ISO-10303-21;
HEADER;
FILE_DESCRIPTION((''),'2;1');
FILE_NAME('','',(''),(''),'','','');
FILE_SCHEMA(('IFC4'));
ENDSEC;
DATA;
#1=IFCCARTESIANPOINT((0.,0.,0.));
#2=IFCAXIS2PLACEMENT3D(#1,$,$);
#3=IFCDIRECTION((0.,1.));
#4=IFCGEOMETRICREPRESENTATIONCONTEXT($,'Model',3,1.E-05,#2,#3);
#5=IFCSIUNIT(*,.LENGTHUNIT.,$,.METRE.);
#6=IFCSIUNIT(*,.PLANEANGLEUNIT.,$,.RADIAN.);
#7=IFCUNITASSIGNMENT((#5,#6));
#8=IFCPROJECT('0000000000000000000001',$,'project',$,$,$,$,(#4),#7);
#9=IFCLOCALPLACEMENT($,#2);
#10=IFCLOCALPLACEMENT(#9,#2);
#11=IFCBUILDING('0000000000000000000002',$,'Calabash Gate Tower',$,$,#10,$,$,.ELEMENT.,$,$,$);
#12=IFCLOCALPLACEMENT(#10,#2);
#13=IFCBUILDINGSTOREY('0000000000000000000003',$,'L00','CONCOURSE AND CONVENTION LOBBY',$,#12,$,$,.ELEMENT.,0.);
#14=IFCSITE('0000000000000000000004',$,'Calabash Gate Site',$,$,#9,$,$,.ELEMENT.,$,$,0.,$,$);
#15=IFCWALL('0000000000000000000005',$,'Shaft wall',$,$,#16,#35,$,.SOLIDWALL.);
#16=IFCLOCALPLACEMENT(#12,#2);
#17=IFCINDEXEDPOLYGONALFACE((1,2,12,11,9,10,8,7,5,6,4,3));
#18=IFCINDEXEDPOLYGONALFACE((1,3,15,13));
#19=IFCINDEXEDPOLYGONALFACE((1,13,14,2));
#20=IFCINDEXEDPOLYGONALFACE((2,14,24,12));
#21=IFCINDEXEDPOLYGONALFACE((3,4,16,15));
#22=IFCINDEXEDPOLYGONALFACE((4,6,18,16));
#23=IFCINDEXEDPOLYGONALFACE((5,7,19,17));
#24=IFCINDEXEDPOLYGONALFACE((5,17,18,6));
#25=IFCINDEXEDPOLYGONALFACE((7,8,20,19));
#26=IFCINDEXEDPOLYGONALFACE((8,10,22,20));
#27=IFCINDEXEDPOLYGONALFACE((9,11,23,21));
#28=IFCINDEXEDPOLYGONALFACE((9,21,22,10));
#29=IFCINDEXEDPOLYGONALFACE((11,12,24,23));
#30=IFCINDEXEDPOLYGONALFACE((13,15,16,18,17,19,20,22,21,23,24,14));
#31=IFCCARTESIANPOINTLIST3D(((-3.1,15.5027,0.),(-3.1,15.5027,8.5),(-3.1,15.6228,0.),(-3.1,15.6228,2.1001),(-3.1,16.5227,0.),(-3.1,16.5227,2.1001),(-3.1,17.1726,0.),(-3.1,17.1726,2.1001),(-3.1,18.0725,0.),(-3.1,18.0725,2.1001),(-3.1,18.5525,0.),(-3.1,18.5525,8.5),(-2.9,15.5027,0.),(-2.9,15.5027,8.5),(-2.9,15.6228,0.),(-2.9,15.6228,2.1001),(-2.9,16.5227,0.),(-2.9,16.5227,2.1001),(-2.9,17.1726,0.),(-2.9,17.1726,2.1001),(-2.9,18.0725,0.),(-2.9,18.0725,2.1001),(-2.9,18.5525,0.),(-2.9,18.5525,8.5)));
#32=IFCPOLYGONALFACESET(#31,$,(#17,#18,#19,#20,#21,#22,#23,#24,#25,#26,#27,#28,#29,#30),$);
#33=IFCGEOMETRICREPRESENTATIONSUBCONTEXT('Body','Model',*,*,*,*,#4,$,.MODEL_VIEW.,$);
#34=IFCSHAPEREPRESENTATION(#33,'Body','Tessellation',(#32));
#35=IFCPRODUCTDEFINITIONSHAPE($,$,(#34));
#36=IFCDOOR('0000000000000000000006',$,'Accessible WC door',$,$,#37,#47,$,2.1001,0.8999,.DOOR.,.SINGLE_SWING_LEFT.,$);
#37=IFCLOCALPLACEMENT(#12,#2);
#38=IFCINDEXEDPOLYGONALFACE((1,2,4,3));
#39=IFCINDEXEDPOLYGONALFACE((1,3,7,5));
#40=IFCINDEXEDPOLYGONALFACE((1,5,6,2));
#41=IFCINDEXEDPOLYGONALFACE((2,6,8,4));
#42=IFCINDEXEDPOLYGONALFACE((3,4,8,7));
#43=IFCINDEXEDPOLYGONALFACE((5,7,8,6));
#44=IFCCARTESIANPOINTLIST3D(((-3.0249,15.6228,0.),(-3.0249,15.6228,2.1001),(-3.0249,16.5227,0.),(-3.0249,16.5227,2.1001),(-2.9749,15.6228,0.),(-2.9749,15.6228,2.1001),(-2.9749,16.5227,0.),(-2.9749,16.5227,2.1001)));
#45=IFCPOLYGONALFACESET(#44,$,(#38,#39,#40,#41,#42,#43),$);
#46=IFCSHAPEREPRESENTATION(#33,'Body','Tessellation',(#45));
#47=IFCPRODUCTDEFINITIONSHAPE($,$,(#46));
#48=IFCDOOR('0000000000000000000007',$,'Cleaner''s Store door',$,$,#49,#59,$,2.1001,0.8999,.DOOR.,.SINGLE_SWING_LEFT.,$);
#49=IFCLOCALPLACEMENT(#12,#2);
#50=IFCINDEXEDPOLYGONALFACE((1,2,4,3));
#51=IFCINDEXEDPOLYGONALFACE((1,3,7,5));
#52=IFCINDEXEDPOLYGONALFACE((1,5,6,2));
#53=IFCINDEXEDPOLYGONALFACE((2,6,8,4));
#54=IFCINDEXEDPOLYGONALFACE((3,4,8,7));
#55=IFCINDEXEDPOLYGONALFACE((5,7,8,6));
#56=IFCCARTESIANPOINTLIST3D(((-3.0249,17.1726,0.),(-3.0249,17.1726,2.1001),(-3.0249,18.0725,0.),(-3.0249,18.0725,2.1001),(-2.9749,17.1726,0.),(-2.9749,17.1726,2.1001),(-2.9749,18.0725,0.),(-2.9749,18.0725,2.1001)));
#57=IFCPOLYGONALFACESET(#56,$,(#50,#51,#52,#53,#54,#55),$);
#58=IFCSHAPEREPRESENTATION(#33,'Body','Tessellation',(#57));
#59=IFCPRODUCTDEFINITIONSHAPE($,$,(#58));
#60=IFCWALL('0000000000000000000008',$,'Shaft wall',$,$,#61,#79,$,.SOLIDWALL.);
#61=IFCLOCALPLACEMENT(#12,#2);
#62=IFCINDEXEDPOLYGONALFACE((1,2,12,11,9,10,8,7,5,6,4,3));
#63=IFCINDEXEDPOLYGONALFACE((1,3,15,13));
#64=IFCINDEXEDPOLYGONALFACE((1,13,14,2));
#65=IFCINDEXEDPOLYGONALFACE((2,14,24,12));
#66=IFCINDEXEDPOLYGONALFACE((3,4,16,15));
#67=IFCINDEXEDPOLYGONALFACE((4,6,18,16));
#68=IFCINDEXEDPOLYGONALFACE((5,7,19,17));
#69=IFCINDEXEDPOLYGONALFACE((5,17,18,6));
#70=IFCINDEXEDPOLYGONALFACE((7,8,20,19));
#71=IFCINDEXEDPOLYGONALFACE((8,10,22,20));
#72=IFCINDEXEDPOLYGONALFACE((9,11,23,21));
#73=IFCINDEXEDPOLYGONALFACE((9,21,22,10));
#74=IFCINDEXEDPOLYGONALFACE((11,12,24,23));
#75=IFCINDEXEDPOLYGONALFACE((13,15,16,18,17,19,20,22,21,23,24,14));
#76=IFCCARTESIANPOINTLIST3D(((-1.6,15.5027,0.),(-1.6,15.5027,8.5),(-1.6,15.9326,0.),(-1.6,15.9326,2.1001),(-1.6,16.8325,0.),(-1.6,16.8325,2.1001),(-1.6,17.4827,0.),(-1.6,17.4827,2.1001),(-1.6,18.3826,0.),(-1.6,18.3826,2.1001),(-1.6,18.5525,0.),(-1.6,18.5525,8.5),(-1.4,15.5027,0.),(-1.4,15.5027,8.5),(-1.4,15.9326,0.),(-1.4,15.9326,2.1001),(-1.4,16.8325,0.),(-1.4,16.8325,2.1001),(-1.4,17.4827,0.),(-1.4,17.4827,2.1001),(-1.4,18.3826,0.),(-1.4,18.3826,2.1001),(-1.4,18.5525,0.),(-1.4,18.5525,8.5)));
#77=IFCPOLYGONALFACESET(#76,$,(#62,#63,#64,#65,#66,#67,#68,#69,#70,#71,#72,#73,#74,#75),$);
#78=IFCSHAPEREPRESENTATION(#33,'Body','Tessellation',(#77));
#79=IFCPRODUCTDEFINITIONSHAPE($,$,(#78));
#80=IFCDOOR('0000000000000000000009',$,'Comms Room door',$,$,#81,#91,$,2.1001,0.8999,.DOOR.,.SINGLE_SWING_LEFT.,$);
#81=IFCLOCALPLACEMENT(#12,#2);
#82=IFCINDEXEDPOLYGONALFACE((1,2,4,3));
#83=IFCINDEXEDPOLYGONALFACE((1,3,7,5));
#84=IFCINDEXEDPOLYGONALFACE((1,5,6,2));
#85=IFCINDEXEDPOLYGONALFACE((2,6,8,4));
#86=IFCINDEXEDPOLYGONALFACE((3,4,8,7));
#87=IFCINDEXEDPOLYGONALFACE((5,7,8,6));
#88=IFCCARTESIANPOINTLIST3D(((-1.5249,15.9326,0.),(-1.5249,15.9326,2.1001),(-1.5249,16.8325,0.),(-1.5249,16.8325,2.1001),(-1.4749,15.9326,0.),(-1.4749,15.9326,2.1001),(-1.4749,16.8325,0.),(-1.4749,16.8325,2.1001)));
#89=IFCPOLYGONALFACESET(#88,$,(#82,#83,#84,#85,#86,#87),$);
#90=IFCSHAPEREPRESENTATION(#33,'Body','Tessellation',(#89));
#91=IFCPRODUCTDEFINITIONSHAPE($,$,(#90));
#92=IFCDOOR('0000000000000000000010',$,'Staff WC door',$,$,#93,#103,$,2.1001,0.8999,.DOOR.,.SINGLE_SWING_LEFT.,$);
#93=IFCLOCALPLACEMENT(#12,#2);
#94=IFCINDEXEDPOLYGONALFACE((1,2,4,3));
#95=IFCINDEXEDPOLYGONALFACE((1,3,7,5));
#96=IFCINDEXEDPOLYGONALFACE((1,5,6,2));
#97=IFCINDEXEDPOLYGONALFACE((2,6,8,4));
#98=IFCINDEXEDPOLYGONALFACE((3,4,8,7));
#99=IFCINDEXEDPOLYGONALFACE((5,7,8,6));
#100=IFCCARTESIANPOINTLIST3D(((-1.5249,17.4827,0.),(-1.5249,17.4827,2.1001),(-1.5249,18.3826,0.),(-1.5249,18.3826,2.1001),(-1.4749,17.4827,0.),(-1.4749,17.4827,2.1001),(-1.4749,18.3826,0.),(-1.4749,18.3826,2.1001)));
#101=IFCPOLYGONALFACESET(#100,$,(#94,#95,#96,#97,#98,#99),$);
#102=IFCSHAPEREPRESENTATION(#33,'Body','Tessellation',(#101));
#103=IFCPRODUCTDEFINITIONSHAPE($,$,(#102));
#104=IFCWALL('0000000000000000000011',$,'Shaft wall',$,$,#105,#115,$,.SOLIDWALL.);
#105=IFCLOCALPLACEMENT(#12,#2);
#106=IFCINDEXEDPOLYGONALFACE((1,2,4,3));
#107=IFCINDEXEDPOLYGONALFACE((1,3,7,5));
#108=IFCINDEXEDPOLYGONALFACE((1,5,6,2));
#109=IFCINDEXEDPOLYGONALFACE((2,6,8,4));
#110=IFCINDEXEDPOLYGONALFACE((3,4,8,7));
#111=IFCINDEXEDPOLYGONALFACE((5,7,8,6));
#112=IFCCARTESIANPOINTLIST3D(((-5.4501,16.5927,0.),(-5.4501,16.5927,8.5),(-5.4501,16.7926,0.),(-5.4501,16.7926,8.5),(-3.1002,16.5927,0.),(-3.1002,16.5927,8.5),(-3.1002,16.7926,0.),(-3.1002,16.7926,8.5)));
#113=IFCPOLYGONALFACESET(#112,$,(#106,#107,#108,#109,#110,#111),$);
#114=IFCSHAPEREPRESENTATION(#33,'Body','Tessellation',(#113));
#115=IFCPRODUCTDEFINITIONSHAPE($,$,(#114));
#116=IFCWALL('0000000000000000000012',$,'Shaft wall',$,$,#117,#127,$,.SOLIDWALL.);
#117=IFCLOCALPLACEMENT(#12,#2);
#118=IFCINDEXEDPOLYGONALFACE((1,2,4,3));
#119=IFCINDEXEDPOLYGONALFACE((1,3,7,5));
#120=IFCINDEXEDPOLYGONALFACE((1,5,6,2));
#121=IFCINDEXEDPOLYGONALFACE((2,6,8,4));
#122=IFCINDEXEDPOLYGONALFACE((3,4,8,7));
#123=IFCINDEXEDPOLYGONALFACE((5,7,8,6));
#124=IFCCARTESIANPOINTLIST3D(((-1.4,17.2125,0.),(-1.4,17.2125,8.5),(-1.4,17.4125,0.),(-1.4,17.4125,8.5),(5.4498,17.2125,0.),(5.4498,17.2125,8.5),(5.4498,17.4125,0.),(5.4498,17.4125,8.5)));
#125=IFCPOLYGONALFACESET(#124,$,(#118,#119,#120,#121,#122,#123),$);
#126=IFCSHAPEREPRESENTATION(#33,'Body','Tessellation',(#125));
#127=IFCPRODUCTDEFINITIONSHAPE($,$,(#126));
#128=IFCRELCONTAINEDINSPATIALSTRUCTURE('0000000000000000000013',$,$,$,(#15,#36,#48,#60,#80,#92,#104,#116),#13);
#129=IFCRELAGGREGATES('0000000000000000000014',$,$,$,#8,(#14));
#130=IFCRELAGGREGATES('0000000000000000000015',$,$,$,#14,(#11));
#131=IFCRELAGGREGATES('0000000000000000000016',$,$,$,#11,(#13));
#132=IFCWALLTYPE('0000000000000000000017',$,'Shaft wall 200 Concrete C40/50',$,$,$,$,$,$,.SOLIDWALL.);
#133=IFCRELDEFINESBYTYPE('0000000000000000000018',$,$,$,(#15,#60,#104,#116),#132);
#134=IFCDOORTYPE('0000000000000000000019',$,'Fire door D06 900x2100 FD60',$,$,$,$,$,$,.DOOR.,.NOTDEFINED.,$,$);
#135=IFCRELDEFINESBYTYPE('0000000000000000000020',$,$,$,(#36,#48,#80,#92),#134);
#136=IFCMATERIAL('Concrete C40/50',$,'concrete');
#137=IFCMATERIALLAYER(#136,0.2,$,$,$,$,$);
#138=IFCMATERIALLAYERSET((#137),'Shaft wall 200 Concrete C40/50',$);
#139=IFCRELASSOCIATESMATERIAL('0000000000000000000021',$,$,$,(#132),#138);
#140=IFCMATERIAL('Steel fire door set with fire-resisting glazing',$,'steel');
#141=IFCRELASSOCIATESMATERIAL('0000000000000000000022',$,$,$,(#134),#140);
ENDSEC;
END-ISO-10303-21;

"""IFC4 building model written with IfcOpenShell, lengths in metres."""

from ifc_helpers import new_model, si_unit, direction, frame, frame_2d, origin, place, context, subcontext, project, spatial, rectangle, extrude, material, layer, layer_set, type_object, element, fill, save


model = new_model("IFC4")

# Units and contexts
model_context = context("Model", 3, precision=1e-05, world=origin(), true_north=direction((0.0, 1.0)))
body_context = subcontext(model_context, "Body", "Model", "MODEL_VIEW")
ifc_project = project(units=[si_unit("LENGTHUNIT", "METRE"), si_unit("PLANEANGLEUNIT", "RADIAN")], contexts=[model_context])

# Site, building, storey
site_placement = place(None, origin())
site = spatial("IfcSite", under=ifc_project, at=site_placement, Name="Calabash Gate Site", CompositionType="ELEMENT", RefElevation=0.0)
building_placement = place(site_placement, origin())
building = spatial("IfcBuilding", under=site, at=building_placement, Name="Calabash Gate Tower", CompositionType="ELEMENT")
storey_placement = place(building_placement, origin())
storey = spatial("IfcBuildingStorey", under=building, at=storey_placement, Name="L00", Description="CONCOURSE AND CONVENTION LOBBY", CompositionType="ELEMENT", Elevation=0.0)

# Shared definitions
ifc_material_1 = material(Name="Concrete C40/50", Category="concrete")
ifc_layer = layer(ifc_material_1, 0.2)
ifc_layer_set = layer_set([ifc_layer], Name="Shaft wall 200 Concrete C40/50")
wall_type = type_object("IfcWallType", Name="Shaft wall 200 Concrete C40/50", PredefinedType="SOLIDWALL", material=ifc_layer_set)
ifc_material_2 = material(Name="Steel fire door set with fire-resisting glazing", Category="steel")
door_type_1 = type_object("IfcDoorType", Name="Fire door D06 900x2100 FD60", OperationType="NOTDEFINED", PredefinedType="DOOR", material=ifc_material_2)

# Walls, openings, doors
wall_1_placement = place(storey_placement, frame((-3.0, 15.5027, 0.0), z_axis=(0.0, 0.0, 1.0), x_axis=(0.0, 1.0, 0.0)))
wall_1 = element("IfcWall", 1, at=wall_1_placement, inside=storey, type_object=wall_type, Name="Shaft wall", PredefinedType="SOLIDWALL", context=body_context, shape_type="SweptSolid", body=[
    extrude(rectangle(XDim=3.0498, YDim=0.2, at=frame_2d((1.5249, 0.0))), origin(), (0.0, 0.0, 1.0), 8.5),
])
opening_1_placement = place(wall_1_placement, frame((0.1201, 0.0, 0.0)))
opening_1 = element("IfcOpeningElement", 2, at=opening_1_placement, cuts=wall_1, PredefinedType="OPENING", context=body_context, shape_type="SweptSolid", body=[
    extrude(rectangle(XDim=0.8999, YDim=2.1001, at=frame_2d((0.45, 1.05))), frame((0.0, 0.1099, 0.0), z_axis=(0.0, -1.0, 0.0), x_axis=(1.0, 0.0, 0.0)), (0.0, 0.0, 1.0), 0.22),
])
opening_2_placement = place(wall_1_placement, frame((1.6699, 0.0, 0.0)))
opening_2 = element("IfcOpeningElement", 3, at=opening_2_placement, cuts=wall_1, PredefinedType="OPENING", context=body_context, shape_type="SweptSolid", body=[
    extrude(rectangle(XDim=0.8999, YDim=2.1001, at=frame_2d((0.45, 1.05))), frame((0.0, 0.1099, 0.0), z_axis=(0.0, -1.0, 0.0), x_axis=(1.0, 0.0, 0.0)), (0.0, 0.0, 1.0), 0.22),
])
door_1_placement = place(opening_1_placement, origin())
door_1 = element("IfcDoor", 4, at=door_1_placement, inside=storey, type_object=door_type_1, Name="Accessible WC door", OperationType="SINGLE_SWING_LEFT", OverallHeight=2.1001, OverallWidth=0.8999, PredefinedType="DOOR", context=body_context, shape_type="SweptSolid", body=[
    extrude(rectangle(XDim=0.8999, YDim=2.1001, at=frame_2d((0.45, 1.05))), frame((0.0, 0.0249, 0.0), z_axis=(0.0, -1.0, 0.0), x_axis=(1.0, 0.0, 0.0)), (0.0, 0.0, 1.0), 0.05),
])
fill(opening_1, door_1)
door_2_placement = place(opening_2_placement, origin())
door_2 = element("IfcDoor", 5, at=door_2_placement, inside=storey, type_object=door_type_1, Name="Cleaner's Store door", OperationType="SINGLE_SWING_LEFT", OverallHeight=2.1001, OverallWidth=0.8999, PredefinedType="DOOR", context=body_context, shape_type="SweptSolid", body=[
    extrude(rectangle(XDim=0.8999, YDim=2.1001, at=frame_2d((0.45, 1.05))), frame((0.0, 0.0249, 0.0), z_axis=(0.0, -1.0, 0.0), x_axis=(1.0, 0.0, 0.0)), (0.0, 0.0, 1.0), 0.05),
])
fill(opening_2, door_2)
wall_2_placement = place(storey_placement, frame((-1.5, 15.5027, 0.0), z_axis=(0.0, 0.0, 1.0), x_axis=(0.0, 1.0, 0.0)))
wall_2 = element("IfcWall", 6, at=wall_2_placement, inside=storey, type_object=wall_type, Name="Shaft wall", PredefinedType="SOLIDWALL", context=body_context, shape_type="SweptSolid", body=[
    extrude(rectangle(XDim=3.0498, YDim=0.2, at=frame_2d((1.5249, 0.0))), origin(), (0.0, 0.0, 1.0), 8.5),
])
opening_3_placement = place(wall_2_placement, frame((0.4299, 0.0, 0.0)))
opening_3 = element("IfcOpeningElement", 7, at=opening_3_placement, cuts=wall_2, PredefinedType="OPENING", context=body_context, shape_type="SweptSolid", body=[
    extrude(rectangle(XDim=0.8999, YDim=2.1001, at=frame_2d((0.45, 1.05))), frame((0.0, 0.1099, 0.0), z_axis=(0.0, -1.0, 0.0), x_axis=(1.0, 0.0, 0.0)), (0.0, 0.0, 1.0), 0.22),
])
opening_4_placement = place(wall_2_placement, frame((1.98, 0.0, 0.0)))
opening_4 = element("IfcOpeningElement", 8, at=opening_4_placement, cuts=wall_2, PredefinedType="OPENING", context=body_context, shape_type="SweptSolid", body=[
    extrude(rectangle(XDim=0.8999, YDim=2.1001, at=frame_2d((0.45, 1.05))), frame((0.0, 0.1099, 0.0), z_axis=(0.0, -1.0, 0.0), x_axis=(1.0, 0.0, 0.0)), (0.0, 0.0, 1.0), 0.22),
])
door_3_placement = place(opening_3_placement, origin())
door_3 = element("IfcDoor", 9, at=door_3_placement, inside=storey, type_object=door_type_1, Name="Comms Room door", OperationType="SINGLE_SWING_LEFT", OverallHeight=2.1001, OverallWidth=0.8999, PredefinedType="DOOR", context=body_context, shape_type="SweptSolid", body=[
    extrude(rectangle(XDim=0.8999, YDim=2.1001, at=frame_2d((0.45, 1.05))), frame((0.0, 0.0249, 0.0), z_axis=(0.0, -1.0, 0.0), x_axis=(1.0, 0.0, 0.0)), (0.0, 0.0, 1.0), 0.05),
])
fill(opening_3, door_3)
door_4_placement = place(opening_4_placement, origin())
door_4 = element("IfcDoor", 10, at=door_4_placement, inside=storey, type_object=door_type_1, Name="Staff WC door", OperationType="SINGLE_SWING_LEFT", OverallHeight=2.1001, OverallWidth=0.8999, PredefinedType="DOOR", context=body_context, shape_type="SweptSolid", body=[
    extrude(rectangle(XDim=0.8999, YDim=2.1001, at=frame_2d((0.45, 1.05))), frame((0.0, 0.0249, 0.0), z_axis=(0.0, -1.0, 0.0), x_axis=(1.0, 0.0, 0.0)), (0.0, 0.0, 1.0), 0.05),
])
fill(opening_4, door_4)

# Walls
wall_3_placement = place(storey_placement, frame((-5.45, 16.6926, 0.0), z_axis=(0.0, 0.0, 1.0), x_axis=(1.0, 0.0, 0.0)))
element("IfcWall", 11, at=wall_3_placement, inside=storey, type_object=wall_type, Name="Shaft wall", PredefinedType="SOLIDWALL", context=body_context, shape_type="SweptSolid", body=[
    extrude(rectangle(XDim=2.3499, YDim=0.2, at=frame_2d((1.1748, 0.0))), origin(), (0.0, 0.0, 1.0), 8.5),
])
wall_4_placement = place(storey_placement, frame((-1.3999, 17.3125, 0.0), z_axis=(0.0, 0.0, 1.0), x_axis=(1.0, 0.0, 0.0)))
element("IfcWall", 12, at=wall_4_placement, inside=storey, type_object=wall_type, Name="Shaft wall", PredefinedType="SOLIDWALL", context=body_context, shape_type="SweptSolid", body=[
    extrude(rectangle(XDim=6.8499, YDim=0.2, at=frame_2d((3.4248, 0.0))), origin(), (0.0, 0.0, 1.0), 8.5),
])

save(model, "model.ifc")
